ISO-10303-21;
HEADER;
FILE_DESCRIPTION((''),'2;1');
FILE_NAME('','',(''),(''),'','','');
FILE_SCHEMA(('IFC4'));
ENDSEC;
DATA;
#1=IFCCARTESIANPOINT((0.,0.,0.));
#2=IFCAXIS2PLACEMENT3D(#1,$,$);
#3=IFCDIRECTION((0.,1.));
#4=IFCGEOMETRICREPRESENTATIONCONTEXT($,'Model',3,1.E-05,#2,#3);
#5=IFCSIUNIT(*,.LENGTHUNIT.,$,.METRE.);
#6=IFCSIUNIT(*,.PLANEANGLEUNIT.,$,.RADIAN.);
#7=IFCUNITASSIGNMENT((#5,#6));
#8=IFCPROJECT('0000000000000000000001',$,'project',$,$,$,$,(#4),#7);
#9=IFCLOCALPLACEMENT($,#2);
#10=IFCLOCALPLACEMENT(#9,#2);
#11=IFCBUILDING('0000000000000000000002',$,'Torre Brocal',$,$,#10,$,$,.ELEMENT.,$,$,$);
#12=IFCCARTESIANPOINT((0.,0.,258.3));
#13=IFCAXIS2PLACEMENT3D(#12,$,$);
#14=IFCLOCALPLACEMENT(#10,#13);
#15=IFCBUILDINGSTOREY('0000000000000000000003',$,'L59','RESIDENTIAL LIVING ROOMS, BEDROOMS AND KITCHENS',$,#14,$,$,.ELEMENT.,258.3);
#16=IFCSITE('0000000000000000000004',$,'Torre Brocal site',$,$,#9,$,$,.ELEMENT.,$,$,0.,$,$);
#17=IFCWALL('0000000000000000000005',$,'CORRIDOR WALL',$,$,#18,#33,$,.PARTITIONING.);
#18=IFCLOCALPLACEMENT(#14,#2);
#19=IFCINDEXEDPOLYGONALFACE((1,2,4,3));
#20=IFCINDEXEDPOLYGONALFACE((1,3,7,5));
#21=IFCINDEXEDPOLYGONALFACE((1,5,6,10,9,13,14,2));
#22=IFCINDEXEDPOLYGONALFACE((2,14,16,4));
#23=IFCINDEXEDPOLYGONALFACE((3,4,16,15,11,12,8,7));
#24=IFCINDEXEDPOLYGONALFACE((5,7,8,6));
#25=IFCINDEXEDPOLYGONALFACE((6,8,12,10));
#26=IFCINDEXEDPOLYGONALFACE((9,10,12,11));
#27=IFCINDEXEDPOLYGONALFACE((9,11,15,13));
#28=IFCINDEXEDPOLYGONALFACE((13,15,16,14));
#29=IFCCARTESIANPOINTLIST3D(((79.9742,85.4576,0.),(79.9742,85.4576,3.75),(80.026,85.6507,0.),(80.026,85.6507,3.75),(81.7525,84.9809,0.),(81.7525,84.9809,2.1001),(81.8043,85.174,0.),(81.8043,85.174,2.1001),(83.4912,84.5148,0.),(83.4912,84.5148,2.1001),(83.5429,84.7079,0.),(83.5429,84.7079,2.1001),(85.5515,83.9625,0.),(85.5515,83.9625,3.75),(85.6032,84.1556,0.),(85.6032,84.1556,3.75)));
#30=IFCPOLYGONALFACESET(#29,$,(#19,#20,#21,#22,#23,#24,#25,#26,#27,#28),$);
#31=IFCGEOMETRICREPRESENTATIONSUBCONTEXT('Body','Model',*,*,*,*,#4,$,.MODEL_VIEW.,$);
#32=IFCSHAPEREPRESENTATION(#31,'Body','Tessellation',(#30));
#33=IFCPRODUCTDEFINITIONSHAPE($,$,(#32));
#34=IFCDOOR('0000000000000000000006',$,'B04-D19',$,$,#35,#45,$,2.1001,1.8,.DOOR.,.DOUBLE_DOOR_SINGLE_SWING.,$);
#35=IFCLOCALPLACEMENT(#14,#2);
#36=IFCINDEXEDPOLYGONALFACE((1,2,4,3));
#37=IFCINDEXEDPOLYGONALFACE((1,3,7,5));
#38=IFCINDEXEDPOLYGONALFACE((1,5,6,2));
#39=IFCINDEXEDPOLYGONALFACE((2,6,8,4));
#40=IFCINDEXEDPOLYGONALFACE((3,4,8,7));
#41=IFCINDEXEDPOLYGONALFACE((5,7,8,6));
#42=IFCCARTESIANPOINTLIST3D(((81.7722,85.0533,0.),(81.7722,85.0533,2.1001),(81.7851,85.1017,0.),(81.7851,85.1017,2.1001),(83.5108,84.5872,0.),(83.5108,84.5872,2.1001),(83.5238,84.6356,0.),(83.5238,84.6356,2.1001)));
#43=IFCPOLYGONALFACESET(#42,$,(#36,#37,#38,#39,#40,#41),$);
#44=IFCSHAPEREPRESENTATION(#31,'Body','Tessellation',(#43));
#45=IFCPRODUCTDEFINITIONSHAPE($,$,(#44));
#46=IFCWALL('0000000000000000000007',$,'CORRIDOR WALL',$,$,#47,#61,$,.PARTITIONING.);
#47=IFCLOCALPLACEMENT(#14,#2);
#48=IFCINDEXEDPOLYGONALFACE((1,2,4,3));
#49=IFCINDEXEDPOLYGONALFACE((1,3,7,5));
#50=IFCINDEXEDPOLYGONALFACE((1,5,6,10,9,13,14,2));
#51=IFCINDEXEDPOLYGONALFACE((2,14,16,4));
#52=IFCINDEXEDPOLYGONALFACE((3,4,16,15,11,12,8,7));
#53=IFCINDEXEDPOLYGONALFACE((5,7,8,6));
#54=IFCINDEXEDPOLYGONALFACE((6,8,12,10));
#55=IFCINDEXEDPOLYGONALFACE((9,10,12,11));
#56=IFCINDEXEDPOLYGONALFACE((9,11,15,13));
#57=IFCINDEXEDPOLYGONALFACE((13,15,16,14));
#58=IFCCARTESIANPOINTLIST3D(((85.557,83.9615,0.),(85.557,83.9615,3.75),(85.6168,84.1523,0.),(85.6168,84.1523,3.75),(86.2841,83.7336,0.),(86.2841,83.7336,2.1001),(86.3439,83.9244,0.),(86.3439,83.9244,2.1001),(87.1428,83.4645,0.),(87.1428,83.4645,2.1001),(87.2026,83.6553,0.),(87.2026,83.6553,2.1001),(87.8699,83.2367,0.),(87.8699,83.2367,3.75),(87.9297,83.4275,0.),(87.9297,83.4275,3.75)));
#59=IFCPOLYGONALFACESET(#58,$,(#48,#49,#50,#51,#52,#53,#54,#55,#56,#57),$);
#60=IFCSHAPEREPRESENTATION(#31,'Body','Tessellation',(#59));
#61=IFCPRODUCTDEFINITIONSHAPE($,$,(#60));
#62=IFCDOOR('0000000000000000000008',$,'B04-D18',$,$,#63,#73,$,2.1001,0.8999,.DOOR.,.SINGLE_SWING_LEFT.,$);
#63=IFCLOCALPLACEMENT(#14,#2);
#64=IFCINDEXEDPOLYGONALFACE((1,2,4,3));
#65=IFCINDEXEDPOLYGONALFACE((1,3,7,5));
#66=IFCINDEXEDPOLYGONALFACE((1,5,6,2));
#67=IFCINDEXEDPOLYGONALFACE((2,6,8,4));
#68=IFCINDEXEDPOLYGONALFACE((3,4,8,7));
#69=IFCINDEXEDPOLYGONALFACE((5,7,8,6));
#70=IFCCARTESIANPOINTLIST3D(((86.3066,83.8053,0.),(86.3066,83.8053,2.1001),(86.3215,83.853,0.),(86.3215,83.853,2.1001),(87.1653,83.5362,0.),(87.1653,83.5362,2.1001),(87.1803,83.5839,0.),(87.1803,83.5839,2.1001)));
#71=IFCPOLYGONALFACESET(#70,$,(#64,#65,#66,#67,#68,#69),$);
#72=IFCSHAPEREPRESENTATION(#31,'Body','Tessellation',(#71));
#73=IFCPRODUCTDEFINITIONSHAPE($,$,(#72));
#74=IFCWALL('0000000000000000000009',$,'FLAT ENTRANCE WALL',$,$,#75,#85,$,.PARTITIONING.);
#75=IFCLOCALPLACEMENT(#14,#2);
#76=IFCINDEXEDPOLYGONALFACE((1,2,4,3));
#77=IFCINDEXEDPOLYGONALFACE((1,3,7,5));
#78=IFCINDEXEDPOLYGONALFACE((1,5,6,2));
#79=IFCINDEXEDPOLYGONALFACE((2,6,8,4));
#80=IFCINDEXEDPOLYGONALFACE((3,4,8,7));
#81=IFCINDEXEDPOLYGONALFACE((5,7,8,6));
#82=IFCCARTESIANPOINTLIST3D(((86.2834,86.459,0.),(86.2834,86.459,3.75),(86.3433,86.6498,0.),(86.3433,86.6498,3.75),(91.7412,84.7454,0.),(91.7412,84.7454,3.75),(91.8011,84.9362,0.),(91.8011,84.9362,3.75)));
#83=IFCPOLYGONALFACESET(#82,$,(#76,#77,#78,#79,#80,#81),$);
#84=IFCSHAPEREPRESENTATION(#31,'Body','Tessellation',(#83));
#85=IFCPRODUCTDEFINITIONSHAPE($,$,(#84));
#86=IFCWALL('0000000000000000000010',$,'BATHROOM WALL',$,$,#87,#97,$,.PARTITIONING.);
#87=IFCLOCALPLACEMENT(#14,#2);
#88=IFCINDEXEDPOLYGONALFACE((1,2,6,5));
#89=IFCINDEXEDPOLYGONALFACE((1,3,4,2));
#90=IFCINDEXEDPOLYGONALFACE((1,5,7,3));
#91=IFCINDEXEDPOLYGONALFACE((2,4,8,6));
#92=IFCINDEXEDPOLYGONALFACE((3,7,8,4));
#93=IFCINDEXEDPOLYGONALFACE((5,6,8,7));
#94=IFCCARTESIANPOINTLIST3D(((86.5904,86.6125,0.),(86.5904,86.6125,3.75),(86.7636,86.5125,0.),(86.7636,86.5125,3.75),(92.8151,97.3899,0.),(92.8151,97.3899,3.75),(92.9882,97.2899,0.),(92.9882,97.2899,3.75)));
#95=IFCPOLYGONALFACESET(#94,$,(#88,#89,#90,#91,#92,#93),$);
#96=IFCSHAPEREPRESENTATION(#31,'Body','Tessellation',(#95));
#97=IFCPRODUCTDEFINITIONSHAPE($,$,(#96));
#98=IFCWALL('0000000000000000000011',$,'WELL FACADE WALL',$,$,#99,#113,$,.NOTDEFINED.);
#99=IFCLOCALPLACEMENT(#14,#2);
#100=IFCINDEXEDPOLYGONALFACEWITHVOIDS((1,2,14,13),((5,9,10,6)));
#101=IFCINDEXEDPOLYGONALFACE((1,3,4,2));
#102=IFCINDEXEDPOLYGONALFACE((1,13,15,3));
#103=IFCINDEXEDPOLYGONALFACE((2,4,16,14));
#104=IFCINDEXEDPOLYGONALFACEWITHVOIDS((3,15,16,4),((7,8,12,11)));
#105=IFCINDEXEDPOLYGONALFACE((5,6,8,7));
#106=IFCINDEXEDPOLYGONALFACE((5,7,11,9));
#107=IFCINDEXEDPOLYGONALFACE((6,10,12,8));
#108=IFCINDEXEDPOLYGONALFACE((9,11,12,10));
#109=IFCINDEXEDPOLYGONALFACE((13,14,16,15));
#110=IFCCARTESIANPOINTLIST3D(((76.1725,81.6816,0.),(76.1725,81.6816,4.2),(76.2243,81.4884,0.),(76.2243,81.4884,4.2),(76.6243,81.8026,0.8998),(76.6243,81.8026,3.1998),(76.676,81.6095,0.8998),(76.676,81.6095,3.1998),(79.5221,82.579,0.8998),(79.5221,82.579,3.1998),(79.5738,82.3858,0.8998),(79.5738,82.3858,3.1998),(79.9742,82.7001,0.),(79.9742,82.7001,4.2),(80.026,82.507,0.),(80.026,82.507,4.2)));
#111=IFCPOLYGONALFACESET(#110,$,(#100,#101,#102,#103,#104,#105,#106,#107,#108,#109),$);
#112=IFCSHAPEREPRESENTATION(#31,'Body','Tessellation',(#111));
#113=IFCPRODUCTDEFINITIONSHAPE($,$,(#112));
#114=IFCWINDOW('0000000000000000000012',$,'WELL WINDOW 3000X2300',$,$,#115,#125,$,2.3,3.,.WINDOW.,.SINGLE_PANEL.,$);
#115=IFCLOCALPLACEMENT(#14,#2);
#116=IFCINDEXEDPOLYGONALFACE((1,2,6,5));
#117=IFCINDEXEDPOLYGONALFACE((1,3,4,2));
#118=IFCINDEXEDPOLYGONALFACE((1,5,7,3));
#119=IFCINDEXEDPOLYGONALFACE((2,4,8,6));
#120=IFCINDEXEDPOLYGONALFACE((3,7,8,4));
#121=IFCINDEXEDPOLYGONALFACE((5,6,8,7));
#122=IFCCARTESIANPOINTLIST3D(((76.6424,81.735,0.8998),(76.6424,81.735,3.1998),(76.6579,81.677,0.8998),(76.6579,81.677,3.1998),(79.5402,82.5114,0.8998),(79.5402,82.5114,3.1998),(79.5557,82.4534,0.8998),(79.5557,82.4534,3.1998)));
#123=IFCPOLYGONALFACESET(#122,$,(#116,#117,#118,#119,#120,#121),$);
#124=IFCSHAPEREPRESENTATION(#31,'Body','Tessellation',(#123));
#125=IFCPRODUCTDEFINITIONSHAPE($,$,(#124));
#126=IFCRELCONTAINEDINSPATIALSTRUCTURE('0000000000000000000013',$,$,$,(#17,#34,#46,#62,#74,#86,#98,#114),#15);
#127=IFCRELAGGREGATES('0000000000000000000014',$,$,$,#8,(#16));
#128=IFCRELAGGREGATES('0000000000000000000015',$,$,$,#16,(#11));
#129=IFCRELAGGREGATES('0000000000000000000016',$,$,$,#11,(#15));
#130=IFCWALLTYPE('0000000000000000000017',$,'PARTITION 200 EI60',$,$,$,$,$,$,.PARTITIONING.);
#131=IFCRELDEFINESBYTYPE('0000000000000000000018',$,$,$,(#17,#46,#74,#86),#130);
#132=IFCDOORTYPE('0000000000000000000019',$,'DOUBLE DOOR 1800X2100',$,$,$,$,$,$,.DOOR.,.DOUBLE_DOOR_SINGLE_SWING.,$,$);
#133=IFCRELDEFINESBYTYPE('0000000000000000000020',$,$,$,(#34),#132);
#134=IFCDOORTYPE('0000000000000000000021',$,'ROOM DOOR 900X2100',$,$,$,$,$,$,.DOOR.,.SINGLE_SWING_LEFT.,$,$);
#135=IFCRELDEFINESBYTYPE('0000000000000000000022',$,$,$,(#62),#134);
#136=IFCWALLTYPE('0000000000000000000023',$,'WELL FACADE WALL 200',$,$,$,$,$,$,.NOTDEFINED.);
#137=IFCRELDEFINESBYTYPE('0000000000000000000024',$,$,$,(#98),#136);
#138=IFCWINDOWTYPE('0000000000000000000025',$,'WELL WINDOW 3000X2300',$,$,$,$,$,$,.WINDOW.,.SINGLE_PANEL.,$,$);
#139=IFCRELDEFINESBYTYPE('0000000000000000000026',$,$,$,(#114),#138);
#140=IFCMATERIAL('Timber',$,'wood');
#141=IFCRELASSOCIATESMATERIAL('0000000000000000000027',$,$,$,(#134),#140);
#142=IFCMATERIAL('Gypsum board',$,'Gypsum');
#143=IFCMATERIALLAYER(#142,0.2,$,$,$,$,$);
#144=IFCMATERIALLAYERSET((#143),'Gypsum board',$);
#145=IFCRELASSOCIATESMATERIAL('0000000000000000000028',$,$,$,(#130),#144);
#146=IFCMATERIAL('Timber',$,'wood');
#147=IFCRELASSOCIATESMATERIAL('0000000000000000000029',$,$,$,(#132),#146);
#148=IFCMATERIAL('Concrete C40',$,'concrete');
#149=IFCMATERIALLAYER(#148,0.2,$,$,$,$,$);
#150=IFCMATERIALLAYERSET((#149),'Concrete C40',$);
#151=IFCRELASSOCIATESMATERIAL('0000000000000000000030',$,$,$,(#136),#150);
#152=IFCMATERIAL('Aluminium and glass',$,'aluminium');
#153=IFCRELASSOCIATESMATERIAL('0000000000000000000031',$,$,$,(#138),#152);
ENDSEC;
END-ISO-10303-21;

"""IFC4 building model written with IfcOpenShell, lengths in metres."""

from ifc_helpers import new_model, si_unit, direction, frame, frame_2d, origin, place, context, subcontext, project, spatial, rectangle, extrude, material, layer, layer_set, type_object, element, fill, save


model = new_model("IFC4")

# Units and contexts
model_context = context("Model", 3, precision=1e-05, world=origin(), true_north=direction((0.0, 1.0)))
body_context = subcontext(model_context, "Body", "Model", "MODEL_VIEW")
ifc_project = project(units=[si_unit("LENGTHUNIT", "METRE"), si_unit("PLANEANGLEUNIT", "RADIAN")], contexts=[model_context])

# Site, building, storey
site_placement = place(None, origin())
site = spatial("IfcSite", under=ifc_project, at=site_placement, Name="Torre Brocal site", CompositionType="ELEMENT", RefElevation=0.0)
building_placement = place(site_placement, origin())
building = spatial("IfcBuilding", under=site, at=building_placement, Name="Torre Brocal", CompositionType="ELEMENT")
storey_placement = place(building_placement, frame((0.0, 0.0, 258.3)))
storey = spatial("IfcBuildingStorey", under=building, at=storey_placement, Name="L59", Description="RESIDENTIAL LIVING ROOMS, BEDROOMS AND KITCHENS", CompositionType="ELEMENT", Elevation=258.3)

# Shared definitions
ifc_material_1 = material(Name="Timber", Category="wood")
door_type_1 = type_object("IfcDoorType", Name="ROOM DOOR 900X2100", OperationType="SINGLE_SWING_LEFT", PredefinedType="DOOR", material=ifc_material_1)

# Walls, openings, doors
ifc_material_2 = material(Name="Gypsum board", Category="Gypsum")
ifc_layer_1 = layer(ifc_material_2, 0.2)
ifc_layer_set_1 = layer_set([ifc_layer_1], Name="Gypsum board")
wall_type_1 = type_object("IfcWallType", Name="PARTITION 200 EI60", PredefinedType="PARTITIONING", material=ifc_layer_set_1)
wall_1_placement = place(storey_placement, frame((80.0, 85.5542, 0.0), z_axis=(0.0, 0.0, 1.0), x_axis=(0.965894, -0.258936, 0.0)))
wall_1 = element("IfcWall", 1, at=wall_1_placement, inside=storey, type_object=wall_type_1, Name="CORRIDOR WALL", PredefinedType="PARTITIONING", context=body_context, shape_type="SweptSolid", body=[
    extrude(rectangle(XDim=5.7742, YDim=0.2, at=frame_2d((2.8872, 0.0))), origin(), (0.0, 0.0, 1.0), 3.75),
])
opening_1_placement = place(wall_1_placement, frame((1.8413, 0.0, 0.0)))
opening_1 = element("IfcOpeningElement", 2, at=opening_1_placement, cuts=wall_1, PredefinedType="OPENING", context=body_context, shape_type="SweptSolid", body=[
    extrude(rectangle(XDim=1.8, YDim=2.1001, at=frame_2d((0.8999, 1.05))), frame((0.0, 0.1099, 0.0), z_axis=(0.0, -1.0, 0.0), x_axis=(1.0, 0.0, 0.0)), (0.0, 0.0, 1.0), 0.22),
])
ifc_material_3 = material(Name="Timber", Category="wood")
door_type_2 = type_object("IfcDoorType", Name="DOUBLE DOOR 1800X2100", OperationType="DOUBLE_DOOR_SINGLE_SWING", PredefinedType="DOOR", material=ifc_material_3)
door_1_placement = place(opening_1_placement, frame((1.8, 0.0, 0.0), z_axis=(0.0, 0.0, 1.0), x_axis=(-1.0, 0.0, 0.0)))
door_1 = element("IfcDoor", 3, at=door_1_placement, inside=storey, type_object=door_type_2, Name="B04-D19", OperationType="DOUBLE_DOOR_SINGLE_SWING", OverallHeight=2.1001, OverallWidth=1.8, PredefinedType="DOOR", context=body_context, shape_type="SweptSolid", body=[
    extrude(rectangle(XDim=1.8, YDim=2.1001, at=frame_2d((0.8999, 1.05))), frame((0.0, 0.0249, 0.0), z_axis=(0.0, -1.0, 0.0), x_axis=(1.0, 0.0, 0.0)), (0.0, 0.0, 1.0), 0.05),
])
fill(opening_1, door_1)
wall_2_placement = place(storey_placement, frame((85.5869, 84.0569, 0.0), z_axis=(0.0, 0.0, 1.0), x_axis=(0.95424, -0.299043, 0.0)))
wall_2 = element("IfcWall", 4, at=wall_2_placement, inside=storey, type_object=wall_type_1, Name="CORRIDOR WALL", PredefinedType="PARTITIONING", context=body_context, shape_type="SweptSolid", body=[
    extrude(rectangle(XDim=2.4238, YDim=0.2, at=frame_2d((1.2119, 0.0))), origin(), (0.0, 0.0, 1.0), 3.75),
])
opening_2_placement = place(wall_2_placement, frame((0.762, 0.0, 0.0)))
opening_2 = element("IfcOpeningElement", 5, at=opening_2_placement, cuts=wall_2, PredefinedType="OPENING", context=body_context, shape_type="SweptSolid", body=[
    extrude(rectangle(XDim=0.8999, YDim=2.1001, at=frame_2d((0.45, 1.05))), frame((0.0, 0.1099, 0.0), z_axis=(0.0, -1.0, 0.0), x_axis=(1.0, 0.0, 0.0)), (0.0, 0.0, 1.0), 0.22),
])
door_2_placement = place(opening_2_placement, frame((0.8999, 0.0, 0.0), z_axis=(0.0, 0.0, 1.0), x_axis=(-1.0, 0.0, 0.0)))
door_2 = element("IfcDoor", 6, at=door_2_placement, inside=storey, type_object=door_type_1, Name="B04-D18", OperationType="SINGLE_SWING_LEFT", OverallHeight=2.1001, OverallWidth=0.8999, PredefinedType="DOOR", context=body_context, shape_type="SweptSolid", body=[
    extrude(rectangle(XDim=0.8999, YDim=2.1001, at=frame_2d((0.45, 1.05))), frame((0.0, 0.0249, 0.0), z_axis=(0.0, -1.0, 0.0), x_axis=(1.0, 0.0, 0.0)), (0.0, 0.0, 1.0), 0.05),
])
fill(opening_2, door_2)

# Walls
wall_3_placement = place(storey_placement, frame((86.3132, 86.5544, 0.0), z_axis=(0.0, 0.0, 1.0), x_axis=(0.954077, -0.29956, 0.0)))
element("IfcWall", 7, at=wall_3_placement, inside=storey, type_object=wall_type_1, Name="FLAT ENTRANCE WALL", PredefinedType="PARTITIONING", context=body_context, shape_type="SweptSolid", body=[
    extrude(rectangle(XDim=5.7205, YDim=0.2, at=frame_2d((2.8604, 0.0))), origin(), (0.0, 0.0, 1.0), 3.75),
])
wall_4_placement = place(storey_placement, frame((86.677, 86.5625, 0.0), z_axis=(0.0, 0.0, 1.0), x_axis=(0.500139, 0.865945, 0.0)))
element("IfcWall", 8, at=wall_4_placement, inside=storey, type_object=wall_type_1, Name="BATHROOM WALL", PredefinedType="PARTITIONING", context=body_context, shape_type="SweptSolid", body=[
    extrude(rectangle(XDim=12.4458, YDim=0.2, at=frame_2d((6.2229, 0.0))), origin(), (0.0, 0.0, 1.0), 3.75),
])

# Wall, opening, window
ifc_material_4 = material(Name="Concrete C40", Category="concrete")
ifc_layer_2 = layer(ifc_material_4, 0.2)
ifc_layer_set_2 = layer_set([ifc_layer_2], Name="Concrete C40")
wall_type_2 = type_object("IfcWallType", Name="WELL FACADE WALL 200", PredefinedType="NOTDEFINED", material=ifc_layer_set_2)
wall_5_placement = place(storey_placement, frame((80.0, 82.6035, 0.0), z_axis=(0.0, 0.0, 1.0), x_axis=(-0.965934, -0.25879, 0.0)))
wall_5 = element("IfcWall", 9, at=wall_5_placement, inside=storey, type_object=wall_type_2, Name="WELL FACADE WALL", PredefinedType="NOTDEFINED", context=body_context, shape_type="SweptSolid", body=[
    extrude(rectangle(XDim=3.9358, YDim=0.2, at=frame_2d((1.9678, 0.0))), origin(), (0.0, 0.0, 1.0), 4.2),
])
opening_3_placement = place(wall_5_placement, frame((0.468, 0.0, 0.8999)))
opening_3 = element("IfcOpeningElement", 10, at=opening_3_placement, cuts=wall_5, PredefinedType="OPENING", context=body_context, shape_type="SweptSolid", body=[
    extrude(rectangle(XDim=3.0, YDim=2.3, at=frame_2d((1.5, 1.1499))), frame((0.0, 0.1099, 0.0), z_axis=(0.0, -1.0, 0.0), x_axis=(1.0, 0.0, 0.0)), (0.0, 0.0, 1.0), 0.22),
])
ifc_material_5 = material(Name="Aluminium and glass", Category="aluminium")
window_type = type_object("IfcWindowType", Name="WELL WINDOW 3000X2300", PartitioningType="SINGLE_PANEL", PredefinedType="WINDOW", material=ifc_material_5)
window_placement = place(opening_3_placement, origin())
window = element("IfcWindow", 11, at=window_placement, inside=storey, type_object=window_type, Name="WELL WINDOW 3000X2300", OverallHeight=2.3, OverallWidth=3.0, PartitioningType="SINGLE_PANEL", PredefinedType="WINDOW", context=body_context, shape_type="SweptSolid", body=[
    extrude(rectangle(XDim=3.0, YDim=2.3, at=frame_2d((1.5, 1.1499))), frame((0.0, 0.03, 0.0), z_axis=(0.0, -1.0, 0.0), x_axis=(1.0, 0.0, 0.0)), (0.0, 0.0, 1.0), 0.0601),
])
fill(opening_3, window)

save(model, "model.ifc")
